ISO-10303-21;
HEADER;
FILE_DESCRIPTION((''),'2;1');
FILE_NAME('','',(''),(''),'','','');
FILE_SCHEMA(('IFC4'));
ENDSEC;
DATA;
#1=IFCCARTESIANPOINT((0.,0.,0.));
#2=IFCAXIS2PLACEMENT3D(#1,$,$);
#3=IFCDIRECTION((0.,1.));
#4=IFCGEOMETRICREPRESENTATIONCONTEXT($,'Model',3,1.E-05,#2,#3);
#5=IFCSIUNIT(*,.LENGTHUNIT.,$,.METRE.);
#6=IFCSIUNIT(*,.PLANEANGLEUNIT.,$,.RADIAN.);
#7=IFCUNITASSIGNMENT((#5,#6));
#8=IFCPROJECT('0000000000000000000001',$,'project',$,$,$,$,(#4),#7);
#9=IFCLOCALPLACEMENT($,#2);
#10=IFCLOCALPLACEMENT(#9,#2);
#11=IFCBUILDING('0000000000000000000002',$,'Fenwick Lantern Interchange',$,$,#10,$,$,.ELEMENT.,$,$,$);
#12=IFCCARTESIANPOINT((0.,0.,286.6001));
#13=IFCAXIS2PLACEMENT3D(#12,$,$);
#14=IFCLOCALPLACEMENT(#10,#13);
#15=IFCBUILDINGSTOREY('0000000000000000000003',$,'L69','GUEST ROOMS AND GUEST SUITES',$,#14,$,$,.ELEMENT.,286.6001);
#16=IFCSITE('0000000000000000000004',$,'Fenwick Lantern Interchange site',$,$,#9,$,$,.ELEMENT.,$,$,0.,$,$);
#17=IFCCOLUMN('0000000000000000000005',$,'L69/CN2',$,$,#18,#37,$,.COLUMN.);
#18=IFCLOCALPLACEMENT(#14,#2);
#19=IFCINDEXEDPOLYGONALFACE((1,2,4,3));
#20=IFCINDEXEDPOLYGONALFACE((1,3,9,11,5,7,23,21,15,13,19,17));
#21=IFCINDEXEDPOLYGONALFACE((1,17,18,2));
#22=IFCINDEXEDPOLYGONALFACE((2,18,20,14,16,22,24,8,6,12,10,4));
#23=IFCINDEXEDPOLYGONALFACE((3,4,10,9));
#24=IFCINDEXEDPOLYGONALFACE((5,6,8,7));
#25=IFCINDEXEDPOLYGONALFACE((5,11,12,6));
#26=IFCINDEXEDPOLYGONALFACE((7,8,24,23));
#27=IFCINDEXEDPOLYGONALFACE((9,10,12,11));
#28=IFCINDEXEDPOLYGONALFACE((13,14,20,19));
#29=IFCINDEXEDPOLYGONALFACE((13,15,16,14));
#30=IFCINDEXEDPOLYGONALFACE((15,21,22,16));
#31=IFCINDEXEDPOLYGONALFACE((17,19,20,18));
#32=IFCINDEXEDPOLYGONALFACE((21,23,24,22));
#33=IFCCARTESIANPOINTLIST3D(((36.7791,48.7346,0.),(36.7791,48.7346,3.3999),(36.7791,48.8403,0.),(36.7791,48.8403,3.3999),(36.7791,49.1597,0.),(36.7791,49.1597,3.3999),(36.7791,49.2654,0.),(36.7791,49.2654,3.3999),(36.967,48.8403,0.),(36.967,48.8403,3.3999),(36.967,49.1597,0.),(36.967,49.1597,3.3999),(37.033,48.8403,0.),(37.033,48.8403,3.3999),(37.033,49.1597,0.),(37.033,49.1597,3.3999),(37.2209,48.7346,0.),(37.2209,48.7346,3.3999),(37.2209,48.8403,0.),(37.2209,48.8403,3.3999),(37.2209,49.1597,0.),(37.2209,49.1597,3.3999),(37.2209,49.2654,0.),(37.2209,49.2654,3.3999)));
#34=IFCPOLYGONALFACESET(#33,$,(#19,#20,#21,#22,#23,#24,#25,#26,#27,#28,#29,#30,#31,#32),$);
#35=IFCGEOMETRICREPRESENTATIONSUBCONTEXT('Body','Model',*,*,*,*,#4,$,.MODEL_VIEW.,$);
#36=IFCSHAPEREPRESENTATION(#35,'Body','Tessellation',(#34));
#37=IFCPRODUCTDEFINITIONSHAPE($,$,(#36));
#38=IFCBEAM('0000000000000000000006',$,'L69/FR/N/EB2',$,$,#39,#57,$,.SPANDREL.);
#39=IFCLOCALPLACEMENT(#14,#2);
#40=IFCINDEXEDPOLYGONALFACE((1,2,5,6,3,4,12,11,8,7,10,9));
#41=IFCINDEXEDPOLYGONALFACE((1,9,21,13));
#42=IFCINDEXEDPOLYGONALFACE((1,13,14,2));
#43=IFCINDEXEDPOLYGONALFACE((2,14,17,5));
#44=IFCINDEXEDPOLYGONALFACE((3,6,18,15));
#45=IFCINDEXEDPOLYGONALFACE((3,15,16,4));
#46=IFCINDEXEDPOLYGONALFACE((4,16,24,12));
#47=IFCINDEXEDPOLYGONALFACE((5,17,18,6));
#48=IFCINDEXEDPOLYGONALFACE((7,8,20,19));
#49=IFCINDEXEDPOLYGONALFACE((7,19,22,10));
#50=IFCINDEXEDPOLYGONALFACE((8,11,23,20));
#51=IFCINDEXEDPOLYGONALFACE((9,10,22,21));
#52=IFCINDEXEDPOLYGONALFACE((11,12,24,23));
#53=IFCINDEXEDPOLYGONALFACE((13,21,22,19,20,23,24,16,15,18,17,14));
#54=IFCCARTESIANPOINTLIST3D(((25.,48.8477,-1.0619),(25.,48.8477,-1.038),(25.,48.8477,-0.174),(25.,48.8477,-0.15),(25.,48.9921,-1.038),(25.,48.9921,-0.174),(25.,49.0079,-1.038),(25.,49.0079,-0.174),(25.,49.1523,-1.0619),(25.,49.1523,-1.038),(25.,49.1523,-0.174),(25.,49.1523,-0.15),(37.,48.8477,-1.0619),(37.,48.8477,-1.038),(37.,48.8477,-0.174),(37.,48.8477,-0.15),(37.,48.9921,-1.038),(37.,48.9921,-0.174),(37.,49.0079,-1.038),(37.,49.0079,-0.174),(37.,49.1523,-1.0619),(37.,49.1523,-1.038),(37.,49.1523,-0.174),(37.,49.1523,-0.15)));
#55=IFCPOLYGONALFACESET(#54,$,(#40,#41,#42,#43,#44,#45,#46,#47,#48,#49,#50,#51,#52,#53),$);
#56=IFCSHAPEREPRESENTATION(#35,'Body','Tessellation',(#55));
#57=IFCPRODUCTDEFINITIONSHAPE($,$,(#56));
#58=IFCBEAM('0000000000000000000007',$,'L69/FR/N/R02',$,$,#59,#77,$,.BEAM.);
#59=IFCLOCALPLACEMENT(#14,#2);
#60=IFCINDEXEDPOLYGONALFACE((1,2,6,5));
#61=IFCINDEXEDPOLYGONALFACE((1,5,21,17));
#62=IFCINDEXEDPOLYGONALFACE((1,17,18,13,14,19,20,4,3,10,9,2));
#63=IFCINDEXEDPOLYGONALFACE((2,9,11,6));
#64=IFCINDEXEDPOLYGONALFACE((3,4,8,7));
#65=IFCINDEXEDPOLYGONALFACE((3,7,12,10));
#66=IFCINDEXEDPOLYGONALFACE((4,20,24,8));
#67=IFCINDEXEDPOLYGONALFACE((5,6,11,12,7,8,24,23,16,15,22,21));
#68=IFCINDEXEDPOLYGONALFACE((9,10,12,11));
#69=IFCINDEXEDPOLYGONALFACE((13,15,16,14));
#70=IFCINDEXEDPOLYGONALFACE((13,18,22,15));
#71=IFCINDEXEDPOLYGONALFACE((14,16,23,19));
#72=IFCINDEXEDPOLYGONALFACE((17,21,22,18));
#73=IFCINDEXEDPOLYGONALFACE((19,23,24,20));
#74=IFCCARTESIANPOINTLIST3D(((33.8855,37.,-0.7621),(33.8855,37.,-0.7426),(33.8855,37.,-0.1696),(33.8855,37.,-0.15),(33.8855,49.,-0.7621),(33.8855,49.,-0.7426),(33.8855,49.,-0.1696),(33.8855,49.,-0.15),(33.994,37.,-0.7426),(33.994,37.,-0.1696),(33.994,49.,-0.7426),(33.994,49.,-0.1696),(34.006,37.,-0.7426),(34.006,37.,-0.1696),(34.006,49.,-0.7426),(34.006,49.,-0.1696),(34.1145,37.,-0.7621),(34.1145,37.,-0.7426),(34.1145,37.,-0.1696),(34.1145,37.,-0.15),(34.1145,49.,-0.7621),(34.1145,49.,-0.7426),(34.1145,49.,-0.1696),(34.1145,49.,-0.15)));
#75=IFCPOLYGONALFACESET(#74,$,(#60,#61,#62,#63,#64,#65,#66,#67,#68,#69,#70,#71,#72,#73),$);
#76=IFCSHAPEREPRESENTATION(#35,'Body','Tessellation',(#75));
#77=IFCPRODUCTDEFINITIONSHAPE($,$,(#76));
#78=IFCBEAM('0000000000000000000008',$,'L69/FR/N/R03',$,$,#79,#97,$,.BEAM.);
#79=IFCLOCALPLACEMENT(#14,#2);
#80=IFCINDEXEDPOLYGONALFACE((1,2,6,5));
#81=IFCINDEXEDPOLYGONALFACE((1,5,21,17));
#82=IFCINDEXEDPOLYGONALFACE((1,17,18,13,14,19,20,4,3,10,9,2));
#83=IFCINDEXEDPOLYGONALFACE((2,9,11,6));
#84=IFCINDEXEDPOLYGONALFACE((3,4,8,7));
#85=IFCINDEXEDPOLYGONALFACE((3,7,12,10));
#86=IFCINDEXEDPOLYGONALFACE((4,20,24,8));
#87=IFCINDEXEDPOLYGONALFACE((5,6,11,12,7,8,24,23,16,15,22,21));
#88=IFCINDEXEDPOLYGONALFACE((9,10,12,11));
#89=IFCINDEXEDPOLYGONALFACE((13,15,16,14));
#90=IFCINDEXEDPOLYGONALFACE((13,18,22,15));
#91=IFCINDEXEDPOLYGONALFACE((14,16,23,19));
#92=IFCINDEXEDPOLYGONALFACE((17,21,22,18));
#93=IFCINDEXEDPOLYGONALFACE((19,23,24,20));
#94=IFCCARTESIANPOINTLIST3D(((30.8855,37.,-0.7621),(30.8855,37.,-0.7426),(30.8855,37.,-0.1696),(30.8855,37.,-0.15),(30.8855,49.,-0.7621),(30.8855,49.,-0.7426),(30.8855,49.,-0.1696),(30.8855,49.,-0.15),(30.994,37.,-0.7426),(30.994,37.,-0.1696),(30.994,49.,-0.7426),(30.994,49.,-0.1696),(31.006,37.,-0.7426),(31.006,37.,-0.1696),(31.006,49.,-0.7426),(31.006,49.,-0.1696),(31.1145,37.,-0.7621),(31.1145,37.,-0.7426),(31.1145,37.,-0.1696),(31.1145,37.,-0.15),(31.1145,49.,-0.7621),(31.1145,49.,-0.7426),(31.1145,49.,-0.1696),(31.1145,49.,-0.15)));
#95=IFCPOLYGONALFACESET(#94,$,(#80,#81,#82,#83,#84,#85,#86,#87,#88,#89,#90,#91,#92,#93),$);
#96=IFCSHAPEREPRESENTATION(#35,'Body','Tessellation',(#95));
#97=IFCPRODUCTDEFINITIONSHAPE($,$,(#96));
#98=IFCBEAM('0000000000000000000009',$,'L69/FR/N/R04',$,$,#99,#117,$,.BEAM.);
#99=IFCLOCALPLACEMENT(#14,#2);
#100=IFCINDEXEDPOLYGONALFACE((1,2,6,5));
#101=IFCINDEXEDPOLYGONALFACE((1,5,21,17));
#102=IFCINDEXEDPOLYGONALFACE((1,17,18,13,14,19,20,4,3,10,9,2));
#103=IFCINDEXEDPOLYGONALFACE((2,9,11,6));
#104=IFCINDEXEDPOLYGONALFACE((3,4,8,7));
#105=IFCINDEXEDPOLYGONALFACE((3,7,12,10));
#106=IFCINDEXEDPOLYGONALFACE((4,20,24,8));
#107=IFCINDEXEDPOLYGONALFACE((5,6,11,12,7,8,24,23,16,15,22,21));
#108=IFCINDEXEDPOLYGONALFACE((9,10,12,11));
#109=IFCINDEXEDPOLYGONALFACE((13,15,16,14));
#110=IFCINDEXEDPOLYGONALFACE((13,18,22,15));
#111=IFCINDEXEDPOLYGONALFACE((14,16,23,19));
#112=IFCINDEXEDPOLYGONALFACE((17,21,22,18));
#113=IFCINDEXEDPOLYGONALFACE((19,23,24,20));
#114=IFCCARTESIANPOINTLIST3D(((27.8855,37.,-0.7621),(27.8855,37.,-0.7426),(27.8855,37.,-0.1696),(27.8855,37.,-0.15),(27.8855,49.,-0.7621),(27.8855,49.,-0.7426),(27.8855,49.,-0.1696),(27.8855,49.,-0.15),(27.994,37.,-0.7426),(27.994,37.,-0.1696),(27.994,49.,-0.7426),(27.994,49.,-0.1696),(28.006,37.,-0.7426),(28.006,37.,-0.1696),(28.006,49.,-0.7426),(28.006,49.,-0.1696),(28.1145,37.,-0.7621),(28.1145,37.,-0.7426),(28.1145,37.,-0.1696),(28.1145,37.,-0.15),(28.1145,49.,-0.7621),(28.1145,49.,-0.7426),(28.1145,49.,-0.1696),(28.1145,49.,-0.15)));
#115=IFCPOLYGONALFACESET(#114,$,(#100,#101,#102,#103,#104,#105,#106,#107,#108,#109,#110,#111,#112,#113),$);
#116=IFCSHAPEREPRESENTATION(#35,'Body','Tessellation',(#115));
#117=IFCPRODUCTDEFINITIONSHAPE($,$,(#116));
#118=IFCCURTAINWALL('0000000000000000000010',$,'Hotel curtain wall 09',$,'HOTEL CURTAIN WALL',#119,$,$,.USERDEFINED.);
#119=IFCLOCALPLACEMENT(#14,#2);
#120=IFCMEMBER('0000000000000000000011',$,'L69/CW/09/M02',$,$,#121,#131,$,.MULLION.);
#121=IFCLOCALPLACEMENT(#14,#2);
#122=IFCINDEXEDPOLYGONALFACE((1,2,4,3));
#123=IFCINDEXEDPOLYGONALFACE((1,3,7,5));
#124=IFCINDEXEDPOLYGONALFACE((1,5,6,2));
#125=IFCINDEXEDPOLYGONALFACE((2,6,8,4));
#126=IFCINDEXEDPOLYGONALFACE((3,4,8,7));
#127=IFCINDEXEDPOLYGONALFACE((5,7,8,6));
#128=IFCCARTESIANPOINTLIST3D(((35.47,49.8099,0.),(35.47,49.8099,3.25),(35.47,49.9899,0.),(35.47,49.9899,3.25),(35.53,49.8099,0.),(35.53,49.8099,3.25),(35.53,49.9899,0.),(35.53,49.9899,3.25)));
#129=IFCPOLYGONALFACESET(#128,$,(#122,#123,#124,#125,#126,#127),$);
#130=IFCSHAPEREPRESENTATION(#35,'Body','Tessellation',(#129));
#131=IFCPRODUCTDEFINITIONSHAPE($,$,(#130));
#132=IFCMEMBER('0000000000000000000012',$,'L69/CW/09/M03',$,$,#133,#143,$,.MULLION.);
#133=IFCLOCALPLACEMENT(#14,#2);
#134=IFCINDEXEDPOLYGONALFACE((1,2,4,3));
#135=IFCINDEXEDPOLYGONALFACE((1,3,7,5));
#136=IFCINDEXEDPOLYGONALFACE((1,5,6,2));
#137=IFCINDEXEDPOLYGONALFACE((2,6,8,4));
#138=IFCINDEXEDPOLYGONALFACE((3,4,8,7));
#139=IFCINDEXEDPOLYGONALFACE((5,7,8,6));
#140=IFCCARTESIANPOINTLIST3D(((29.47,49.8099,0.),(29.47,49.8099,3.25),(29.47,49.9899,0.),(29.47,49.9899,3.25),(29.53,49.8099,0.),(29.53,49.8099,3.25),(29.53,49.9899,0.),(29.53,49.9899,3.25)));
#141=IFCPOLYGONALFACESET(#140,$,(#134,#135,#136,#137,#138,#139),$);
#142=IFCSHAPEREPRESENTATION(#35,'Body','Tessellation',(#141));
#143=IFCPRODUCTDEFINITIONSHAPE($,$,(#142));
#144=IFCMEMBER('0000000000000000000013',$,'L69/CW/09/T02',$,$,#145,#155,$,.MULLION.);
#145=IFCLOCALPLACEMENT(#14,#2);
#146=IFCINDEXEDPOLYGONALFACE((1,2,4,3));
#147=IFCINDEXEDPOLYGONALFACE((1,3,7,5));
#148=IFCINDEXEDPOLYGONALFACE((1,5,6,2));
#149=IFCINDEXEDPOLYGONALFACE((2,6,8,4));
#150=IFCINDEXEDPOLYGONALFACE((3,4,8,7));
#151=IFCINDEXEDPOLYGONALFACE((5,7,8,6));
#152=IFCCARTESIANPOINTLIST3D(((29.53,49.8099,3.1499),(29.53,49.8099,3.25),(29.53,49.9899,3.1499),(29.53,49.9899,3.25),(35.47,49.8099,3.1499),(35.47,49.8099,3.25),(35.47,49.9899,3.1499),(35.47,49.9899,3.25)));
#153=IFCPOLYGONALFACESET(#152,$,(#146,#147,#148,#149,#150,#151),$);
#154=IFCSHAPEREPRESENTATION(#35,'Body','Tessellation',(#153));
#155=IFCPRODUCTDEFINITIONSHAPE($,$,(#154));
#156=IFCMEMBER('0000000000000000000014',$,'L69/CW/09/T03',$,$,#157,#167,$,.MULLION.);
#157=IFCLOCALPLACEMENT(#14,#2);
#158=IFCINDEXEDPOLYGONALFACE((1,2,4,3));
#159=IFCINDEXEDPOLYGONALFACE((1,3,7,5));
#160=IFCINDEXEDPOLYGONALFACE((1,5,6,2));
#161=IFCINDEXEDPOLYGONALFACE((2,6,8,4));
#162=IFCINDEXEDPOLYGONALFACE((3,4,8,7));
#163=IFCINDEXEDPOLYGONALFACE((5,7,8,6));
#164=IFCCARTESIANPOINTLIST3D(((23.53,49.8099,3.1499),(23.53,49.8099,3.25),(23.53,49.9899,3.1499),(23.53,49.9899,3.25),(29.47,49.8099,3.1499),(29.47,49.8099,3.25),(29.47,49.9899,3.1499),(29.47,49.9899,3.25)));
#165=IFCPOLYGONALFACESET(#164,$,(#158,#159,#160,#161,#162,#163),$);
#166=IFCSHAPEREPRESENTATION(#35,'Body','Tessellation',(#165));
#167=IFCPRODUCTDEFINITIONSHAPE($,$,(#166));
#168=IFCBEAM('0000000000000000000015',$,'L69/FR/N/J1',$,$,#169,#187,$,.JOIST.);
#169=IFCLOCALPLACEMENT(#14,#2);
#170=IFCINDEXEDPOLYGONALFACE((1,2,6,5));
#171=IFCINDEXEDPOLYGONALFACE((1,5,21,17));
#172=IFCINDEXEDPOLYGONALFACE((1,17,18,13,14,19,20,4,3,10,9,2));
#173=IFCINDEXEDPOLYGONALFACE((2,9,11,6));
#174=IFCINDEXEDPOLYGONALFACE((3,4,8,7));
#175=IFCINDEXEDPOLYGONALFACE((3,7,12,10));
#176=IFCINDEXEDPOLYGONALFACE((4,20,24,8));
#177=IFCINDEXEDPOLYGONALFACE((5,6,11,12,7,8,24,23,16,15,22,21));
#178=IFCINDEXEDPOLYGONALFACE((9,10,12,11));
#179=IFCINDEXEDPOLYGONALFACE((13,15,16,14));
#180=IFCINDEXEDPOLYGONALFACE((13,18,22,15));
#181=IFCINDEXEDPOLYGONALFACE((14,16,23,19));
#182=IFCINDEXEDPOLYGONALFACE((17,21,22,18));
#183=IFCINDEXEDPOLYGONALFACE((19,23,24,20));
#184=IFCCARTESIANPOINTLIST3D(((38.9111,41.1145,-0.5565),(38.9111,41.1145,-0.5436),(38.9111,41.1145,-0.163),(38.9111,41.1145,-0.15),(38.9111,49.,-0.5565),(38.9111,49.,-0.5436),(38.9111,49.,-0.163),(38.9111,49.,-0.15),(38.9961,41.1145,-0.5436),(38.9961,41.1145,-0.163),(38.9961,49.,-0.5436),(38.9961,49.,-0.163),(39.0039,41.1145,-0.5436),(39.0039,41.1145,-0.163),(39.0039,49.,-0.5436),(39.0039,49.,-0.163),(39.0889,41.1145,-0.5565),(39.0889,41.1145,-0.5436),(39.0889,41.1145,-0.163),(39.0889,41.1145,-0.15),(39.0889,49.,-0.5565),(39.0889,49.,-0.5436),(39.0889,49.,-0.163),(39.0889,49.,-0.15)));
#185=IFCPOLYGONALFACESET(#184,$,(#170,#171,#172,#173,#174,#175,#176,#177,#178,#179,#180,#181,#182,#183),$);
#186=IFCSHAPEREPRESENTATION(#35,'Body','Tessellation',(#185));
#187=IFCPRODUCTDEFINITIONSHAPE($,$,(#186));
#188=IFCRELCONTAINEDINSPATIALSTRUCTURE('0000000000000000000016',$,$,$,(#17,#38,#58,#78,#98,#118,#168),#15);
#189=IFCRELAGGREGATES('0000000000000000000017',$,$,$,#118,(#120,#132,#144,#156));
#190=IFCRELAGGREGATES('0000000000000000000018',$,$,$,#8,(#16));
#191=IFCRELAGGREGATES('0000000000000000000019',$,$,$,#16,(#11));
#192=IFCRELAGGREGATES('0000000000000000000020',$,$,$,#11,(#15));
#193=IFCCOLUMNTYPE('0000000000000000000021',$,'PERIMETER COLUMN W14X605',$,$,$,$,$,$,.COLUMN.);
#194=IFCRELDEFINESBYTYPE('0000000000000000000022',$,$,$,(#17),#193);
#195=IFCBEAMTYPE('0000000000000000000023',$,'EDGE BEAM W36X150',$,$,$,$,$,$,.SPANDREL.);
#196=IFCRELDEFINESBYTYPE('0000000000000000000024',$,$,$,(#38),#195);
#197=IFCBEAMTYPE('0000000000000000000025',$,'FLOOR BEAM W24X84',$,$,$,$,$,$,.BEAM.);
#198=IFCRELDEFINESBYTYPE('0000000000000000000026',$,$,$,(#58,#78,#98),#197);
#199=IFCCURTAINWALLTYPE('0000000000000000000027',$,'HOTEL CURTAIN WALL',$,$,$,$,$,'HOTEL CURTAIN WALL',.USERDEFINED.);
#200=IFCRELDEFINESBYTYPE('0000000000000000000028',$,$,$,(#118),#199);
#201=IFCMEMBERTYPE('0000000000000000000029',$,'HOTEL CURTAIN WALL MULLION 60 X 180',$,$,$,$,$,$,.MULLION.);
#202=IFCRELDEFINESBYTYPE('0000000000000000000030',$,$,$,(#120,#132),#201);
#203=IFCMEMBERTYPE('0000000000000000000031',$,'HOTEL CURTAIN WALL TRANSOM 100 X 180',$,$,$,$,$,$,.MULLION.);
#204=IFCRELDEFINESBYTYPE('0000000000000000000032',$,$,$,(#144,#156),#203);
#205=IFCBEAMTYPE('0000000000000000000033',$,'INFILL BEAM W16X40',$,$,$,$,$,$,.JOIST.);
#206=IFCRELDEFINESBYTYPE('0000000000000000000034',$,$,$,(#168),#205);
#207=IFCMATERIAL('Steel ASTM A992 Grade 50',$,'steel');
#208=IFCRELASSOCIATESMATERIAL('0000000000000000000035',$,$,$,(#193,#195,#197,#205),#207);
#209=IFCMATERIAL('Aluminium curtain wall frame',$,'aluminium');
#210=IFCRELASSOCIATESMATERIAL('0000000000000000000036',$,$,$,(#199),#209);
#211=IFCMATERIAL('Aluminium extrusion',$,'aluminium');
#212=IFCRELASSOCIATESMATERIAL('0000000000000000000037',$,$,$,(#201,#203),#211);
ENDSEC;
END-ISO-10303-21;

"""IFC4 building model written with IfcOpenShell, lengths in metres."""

from ifc_helpers import new_model, si_unit, direction, frame, origin, origin_2d, place, context, subcontext, project, spatial, rectangle, i_section, extrude, material, material_profile, profile_set, type_object, element, aggregate, save


model = new_model("IFC4")

# Units and contexts
model_context = context("Model", 3, precision=1e-05, world=origin(), true_north=direction((0.0, 1.0)))
body_context = subcontext(model_context, "Body", "Model", "MODEL_VIEW")
ifc_project = project(units=[si_unit("LENGTHUNIT", "METRE"), si_unit("PLANEANGLEUNIT", "RADIAN")], contexts=[model_context])

# Site, building, storey
site_placement = place(None, origin())
site = spatial("IfcSite", under=ifc_project, at=site_placement, Name="Fenwick Lantern Interchange site", CompositionType="ELEMENT", RefElevation=0.0)
building_placement = place(site_placement, origin())
building = spatial("IfcBuilding", under=site, at=building_placement, Name="Fenwick Lantern Interchange", CompositionType="ELEMENT")
storey_placement = place(building_placement, frame((0.0, 0.0, 286.6001)))
storey = spatial("IfcBuildingStorey", under=building, at=storey_placement, Name="L69", Description="GUEST ROOMS AND GUEST SUITES", CompositionType="ELEMENT", Elevation=286.6001)

# Column
ifc_material_1 = material(Name="Steel ASTM A992 Grade 50", Category="steel")
ifc_material_profile_1 = material_profile(ifc_material_1, i_section(OverallWidth=0.4419, OverallDepth=0.5308, WebThickness=0.0659, FlangeThickness=0.1057, at=origin_2d()), Name="W14X605")
ifc_profile_set_1 = profile_set([ifc_material_profile_1], Name="Steel ASTM A992 Grade 50")
column_type = type_object("IfcColumnType", Name="PERIMETER COLUMN W14X605", PredefinedType="COLUMN", material=ifc_profile_set_1)
column_placement = place(storey_placement, frame((37.0, 49.0, 0.0), z_axis=(0.0, 0.0, 1.0), x_axis=(1.0, 0.0, 0.0)))
element("IfcColumn", 1, at=column_placement, inside=storey, type_object=column_type, Name="L69/CN2", PredefinedType="COLUMN", context=body_context, shape_type="SweptSolid", body=[
    extrude(i_section(OverallWidth=0.4419, OverallDepth=0.5308, WebThickness=0.0659, FlangeThickness=0.1057, at=origin_2d()), origin(), (0.0, 0.0, 1.0), 3.3999),
])

# Beams
ifc_material_profile_2 = material_profile(ifc_material_1, i_section(OverallWidth=0.3047, OverallDepth=0.9119, WebThickness=0.0159, FlangeThickness=0.0239, at=origin_2d()), Name="W36X150")
ifc_profile_set_2 = profile_set([ifc_material_profile_2], Name="Steel ASTM A992 Grade 50")
beam_type_1 = type_object("IfcBeamType", Name="EDGE BEAM W36X150", PredefinedType="SPANDREL", material=ifc_profile_set_2)
beam_1_placement = place(storey_placement, frame((37.0, 49.0, -0.606), z_axis=(-1.0, 0.0, 0.0), x_axis=(0.0, -1.0, 0.0)))
element("IfcBeam", 2, at=beam_1_placement, inside=storey, type_object=beam_type_1, Name="L69/FR/N/EB2", PredefinedType="SPANDREL", context=body_context, shape_type="SweptSolid", body=[
    extrude(i_section(OverallWidth=0.3047, OverallDepth=0.9119, WebThickness=0.0159, FlangeThickness=0.0239, at=origin_2d()), origin(), (0.0, 0.0, 1.0), 12.0),
])
ifc_material_profile_3 = material_profile(ifc_material_1, i_section(OverallWidth=0.229, OverallDepth=0.6121, WebThickness=0.012, FlangeThickness=0.0195, at=origin_2d()), Name="W24X84")
ifc_profile_set_3 = profile_set([ifc_material_profile_3], Name="Steel ASTM A992 Grade 50")
beam_type_2 = type_object("IfcBeamType", Name="FLOOR BEAM W24X84", PredefinedType="BEAM", material=ifc_profile_set_3)
for number, where, z_axis, x_axis, name in (
    (3, (34.0, 49.0, -0.4561), (0.0, -1.0, 0.0), (1.0, 0.0, 0.0), "L69/FR/N/R02"),
    (4, (31.0, 49.0, -0.4561), (0.0, -1.0, 0.0), (1.0, 0.0, 0.0), "L69/FR/N/R03"),
    (5, (28.0, 49.0, -0.4561), (0.0, -1.0, 0.0), (1.0, 0.0, 0.0), "L69/FR/N/R04"),
):
    element("IfcBeam", number, at=place(storey_placement, frame(where, z_axis=z_axis, x_axis=x_axis)), inside=storey, type_object=beam_type_2, Name=name, PredefinedType="BEAM", context=body_context, shape_type="SweptSolid", body=[
        extrude(i_section(OverallWidth=0.229, OverallDepth=0.6121, WebThickness=0.012, FlangeThickness=0.0195, at=origin_2d()), origin(), (0.0, 0.0, 1.0), 12.0),
    ])

# Curtain wall, members
ifc_material_2 = material(Name="Aluminium curtain wall frame", Category="aluminium")
curtain_wall_type = type_object("IfcCurtainWallType", Name="HOTEL CURTAIN WALL", ElementType="HOTEL CURTAIN WALL", PredefinedType="USERDEFINED", material=ifc_material_2)
curtain_wall_placement = place(storey_placement, origin())
curtain_wall = element("IfcCurtainWall", 6, at=curtain_wall_placement, inside=storey, type_object=curtain_wall_type, Name="Hotel curtain wall 09", ObjectType="HOTEL CURTAIN WALL", PredefinedType="USERDEFINED")
ifc_material_3 = material(Name="Aluminium extrusion", Category="aluminium")
ifc_material_profile_4 = material_profile(ifc_material_3, rectangle(XDim=0.1799, YDim=0.0601, at=origin_2d()), Name="HOTEL CURTAIN WALL MULLION 60 X 180")
ifc_profile_set_4 = profile_set([ifc_material_profile_4], Name="Aluminium extrusion")
member_type_1 = type_object("IfcMemberType", Name="HOTEL CURTAIN WALL MULLION 60 X 180", PredefinedType="MULLION", material=ifc_profile_set_4)
member_1_placement = place(storey_placement, frame((35.5, 49.8999, 0.0), z_axis=(0.0, 0.0, 1.0), x_axis=(0.0, -1.0, 0.0)))
member_1 = element("IfcMember", 7, at=member_1_placement, type_object=member_type_1, Name="L69/CW/09/M02", PredefinedType="MULLION", context=body_context, shape_type="SweptSolid", body=[
    extrude(rectangle(XDim=0.1799, YDim=0.0601, at=origin_2d()), origin(), (0.0, 0.0, 1.0), 3.25),
])
member_2_placement = place(storey_placement, frame((29.5, 49.8999, 0.0), z_axis=(0.0, 0.0, 1.0), x_axis=(0.0, -1.0, 0.0)))
member_2 = element("IfcMember", 8, at=member_2_placement, type_object=member_type_1, Name="L69/CW/09/M03", PredefinedType="MULLION", context=body_context, shape_type="SweptSolid", body=[
    extrude(rectangle(XDim=0.1799, YDim=0.0601, at=origin_2d()), origin(), (0.0, 0.0, 1.0), 3.25),
])
ifc_material_profile_5 = material_profile(ifc_material_3, rectangle(XDim=0.1799, YDim=0.1001, at=origin_2d()), Name="HOTEL CURTAIN WALL TRANSOM 100 X 180")
ifc_profile_set_5 = profile_set([ifc_material_profile_5], Name="Aluminium extrusion")
member_type_2 = type_object("IfcMemberType", Name="HOTEL CURTAIN WALL TRANSOM 100 X 180", PredefinedType="MULLION", material=ifc_profile_set_5)
member_3_placement = place(storey_placement, frame((35.47, 49.8999, 3.2), z_axis=(-1.0, 0.0, 0.0), x_axis=(0.0, -1.0, 0.0)))
member_3 = element("IfcMember", 9, at=member_3_placement, type_object=member_type_2, Name="L69/CW/09/T02", PredefinedType="MULLION", context=body_context, shape_type="SweptSolid", body=[
    extrude(rectangle(XDim=0.1799, YDim=0.1001, at=origin_2d()), origin(), (0.0, 0.0, 1.0), 5.9399),
])
member_4_placement = place(storey_placement, frame((29.47, 49.8999, 3.2), z_axis=(-1.0, 0.0, 0.0), x_axis=(0.0, -1.0, 0.0)))
member_4 = element("IfcMember", 10, at=member_4_placement, type_object=member_type_2, Name="L69/CW/09/T03", PredefinedType="MULLION", context=body_context, shape_type="SweptSolid", body=[
    extrude(rectangle(XDim=0.1799, YDim=0.1001, at=origin_2d()), origin(), (0.0, 0.0, 1.0), 5.9399),
])
aggregate(curtain_wall, [member_1, member_2, member_3, member_4])

# Beam
ifc_material_profile_6 = material_profile(ifc_material_1, i_section(OverallWidth=0.1777, OverallDepth=0.4065, WebThickness=0.0078, FlangeThickness=0.0129, at=origin_2d()), Name="W16X40")
ifc_profile_set_6 = profile_set([ifc_material_profile_6], Name="Steel ASTM A992 Grade 50")
beam_type_3 = type_object("IfcBeamType", Name="INFILL BEAM W16X40", PredefinedType="JOIST", material=ifc_profile_set_6)
beam_2_placement = place(storey_placement, frame((39.0, 49.0, -0.3533), z_axis=(0.0, -1.0, 0.0), x_axis=(1.0, 0.0, 0.0)))
element("IfcBeam", 11, at=beam_2_placement, inside=storey, type_object=beam_type_3, Name="L69/FR/N/J1", PredefinedType="JOIST", context=body_context, shape_type="SweptSolid", body=[
    extrude(i_section(OverallWidth=0.1777, OverallDepth=0.4065, WebThickness=0.0078, FlangeThickness=0.0129, at=origin_2d()), origin(), (0.0, 0.0, 1.0), 7.8855),
])

save(model, "model.ifc")
